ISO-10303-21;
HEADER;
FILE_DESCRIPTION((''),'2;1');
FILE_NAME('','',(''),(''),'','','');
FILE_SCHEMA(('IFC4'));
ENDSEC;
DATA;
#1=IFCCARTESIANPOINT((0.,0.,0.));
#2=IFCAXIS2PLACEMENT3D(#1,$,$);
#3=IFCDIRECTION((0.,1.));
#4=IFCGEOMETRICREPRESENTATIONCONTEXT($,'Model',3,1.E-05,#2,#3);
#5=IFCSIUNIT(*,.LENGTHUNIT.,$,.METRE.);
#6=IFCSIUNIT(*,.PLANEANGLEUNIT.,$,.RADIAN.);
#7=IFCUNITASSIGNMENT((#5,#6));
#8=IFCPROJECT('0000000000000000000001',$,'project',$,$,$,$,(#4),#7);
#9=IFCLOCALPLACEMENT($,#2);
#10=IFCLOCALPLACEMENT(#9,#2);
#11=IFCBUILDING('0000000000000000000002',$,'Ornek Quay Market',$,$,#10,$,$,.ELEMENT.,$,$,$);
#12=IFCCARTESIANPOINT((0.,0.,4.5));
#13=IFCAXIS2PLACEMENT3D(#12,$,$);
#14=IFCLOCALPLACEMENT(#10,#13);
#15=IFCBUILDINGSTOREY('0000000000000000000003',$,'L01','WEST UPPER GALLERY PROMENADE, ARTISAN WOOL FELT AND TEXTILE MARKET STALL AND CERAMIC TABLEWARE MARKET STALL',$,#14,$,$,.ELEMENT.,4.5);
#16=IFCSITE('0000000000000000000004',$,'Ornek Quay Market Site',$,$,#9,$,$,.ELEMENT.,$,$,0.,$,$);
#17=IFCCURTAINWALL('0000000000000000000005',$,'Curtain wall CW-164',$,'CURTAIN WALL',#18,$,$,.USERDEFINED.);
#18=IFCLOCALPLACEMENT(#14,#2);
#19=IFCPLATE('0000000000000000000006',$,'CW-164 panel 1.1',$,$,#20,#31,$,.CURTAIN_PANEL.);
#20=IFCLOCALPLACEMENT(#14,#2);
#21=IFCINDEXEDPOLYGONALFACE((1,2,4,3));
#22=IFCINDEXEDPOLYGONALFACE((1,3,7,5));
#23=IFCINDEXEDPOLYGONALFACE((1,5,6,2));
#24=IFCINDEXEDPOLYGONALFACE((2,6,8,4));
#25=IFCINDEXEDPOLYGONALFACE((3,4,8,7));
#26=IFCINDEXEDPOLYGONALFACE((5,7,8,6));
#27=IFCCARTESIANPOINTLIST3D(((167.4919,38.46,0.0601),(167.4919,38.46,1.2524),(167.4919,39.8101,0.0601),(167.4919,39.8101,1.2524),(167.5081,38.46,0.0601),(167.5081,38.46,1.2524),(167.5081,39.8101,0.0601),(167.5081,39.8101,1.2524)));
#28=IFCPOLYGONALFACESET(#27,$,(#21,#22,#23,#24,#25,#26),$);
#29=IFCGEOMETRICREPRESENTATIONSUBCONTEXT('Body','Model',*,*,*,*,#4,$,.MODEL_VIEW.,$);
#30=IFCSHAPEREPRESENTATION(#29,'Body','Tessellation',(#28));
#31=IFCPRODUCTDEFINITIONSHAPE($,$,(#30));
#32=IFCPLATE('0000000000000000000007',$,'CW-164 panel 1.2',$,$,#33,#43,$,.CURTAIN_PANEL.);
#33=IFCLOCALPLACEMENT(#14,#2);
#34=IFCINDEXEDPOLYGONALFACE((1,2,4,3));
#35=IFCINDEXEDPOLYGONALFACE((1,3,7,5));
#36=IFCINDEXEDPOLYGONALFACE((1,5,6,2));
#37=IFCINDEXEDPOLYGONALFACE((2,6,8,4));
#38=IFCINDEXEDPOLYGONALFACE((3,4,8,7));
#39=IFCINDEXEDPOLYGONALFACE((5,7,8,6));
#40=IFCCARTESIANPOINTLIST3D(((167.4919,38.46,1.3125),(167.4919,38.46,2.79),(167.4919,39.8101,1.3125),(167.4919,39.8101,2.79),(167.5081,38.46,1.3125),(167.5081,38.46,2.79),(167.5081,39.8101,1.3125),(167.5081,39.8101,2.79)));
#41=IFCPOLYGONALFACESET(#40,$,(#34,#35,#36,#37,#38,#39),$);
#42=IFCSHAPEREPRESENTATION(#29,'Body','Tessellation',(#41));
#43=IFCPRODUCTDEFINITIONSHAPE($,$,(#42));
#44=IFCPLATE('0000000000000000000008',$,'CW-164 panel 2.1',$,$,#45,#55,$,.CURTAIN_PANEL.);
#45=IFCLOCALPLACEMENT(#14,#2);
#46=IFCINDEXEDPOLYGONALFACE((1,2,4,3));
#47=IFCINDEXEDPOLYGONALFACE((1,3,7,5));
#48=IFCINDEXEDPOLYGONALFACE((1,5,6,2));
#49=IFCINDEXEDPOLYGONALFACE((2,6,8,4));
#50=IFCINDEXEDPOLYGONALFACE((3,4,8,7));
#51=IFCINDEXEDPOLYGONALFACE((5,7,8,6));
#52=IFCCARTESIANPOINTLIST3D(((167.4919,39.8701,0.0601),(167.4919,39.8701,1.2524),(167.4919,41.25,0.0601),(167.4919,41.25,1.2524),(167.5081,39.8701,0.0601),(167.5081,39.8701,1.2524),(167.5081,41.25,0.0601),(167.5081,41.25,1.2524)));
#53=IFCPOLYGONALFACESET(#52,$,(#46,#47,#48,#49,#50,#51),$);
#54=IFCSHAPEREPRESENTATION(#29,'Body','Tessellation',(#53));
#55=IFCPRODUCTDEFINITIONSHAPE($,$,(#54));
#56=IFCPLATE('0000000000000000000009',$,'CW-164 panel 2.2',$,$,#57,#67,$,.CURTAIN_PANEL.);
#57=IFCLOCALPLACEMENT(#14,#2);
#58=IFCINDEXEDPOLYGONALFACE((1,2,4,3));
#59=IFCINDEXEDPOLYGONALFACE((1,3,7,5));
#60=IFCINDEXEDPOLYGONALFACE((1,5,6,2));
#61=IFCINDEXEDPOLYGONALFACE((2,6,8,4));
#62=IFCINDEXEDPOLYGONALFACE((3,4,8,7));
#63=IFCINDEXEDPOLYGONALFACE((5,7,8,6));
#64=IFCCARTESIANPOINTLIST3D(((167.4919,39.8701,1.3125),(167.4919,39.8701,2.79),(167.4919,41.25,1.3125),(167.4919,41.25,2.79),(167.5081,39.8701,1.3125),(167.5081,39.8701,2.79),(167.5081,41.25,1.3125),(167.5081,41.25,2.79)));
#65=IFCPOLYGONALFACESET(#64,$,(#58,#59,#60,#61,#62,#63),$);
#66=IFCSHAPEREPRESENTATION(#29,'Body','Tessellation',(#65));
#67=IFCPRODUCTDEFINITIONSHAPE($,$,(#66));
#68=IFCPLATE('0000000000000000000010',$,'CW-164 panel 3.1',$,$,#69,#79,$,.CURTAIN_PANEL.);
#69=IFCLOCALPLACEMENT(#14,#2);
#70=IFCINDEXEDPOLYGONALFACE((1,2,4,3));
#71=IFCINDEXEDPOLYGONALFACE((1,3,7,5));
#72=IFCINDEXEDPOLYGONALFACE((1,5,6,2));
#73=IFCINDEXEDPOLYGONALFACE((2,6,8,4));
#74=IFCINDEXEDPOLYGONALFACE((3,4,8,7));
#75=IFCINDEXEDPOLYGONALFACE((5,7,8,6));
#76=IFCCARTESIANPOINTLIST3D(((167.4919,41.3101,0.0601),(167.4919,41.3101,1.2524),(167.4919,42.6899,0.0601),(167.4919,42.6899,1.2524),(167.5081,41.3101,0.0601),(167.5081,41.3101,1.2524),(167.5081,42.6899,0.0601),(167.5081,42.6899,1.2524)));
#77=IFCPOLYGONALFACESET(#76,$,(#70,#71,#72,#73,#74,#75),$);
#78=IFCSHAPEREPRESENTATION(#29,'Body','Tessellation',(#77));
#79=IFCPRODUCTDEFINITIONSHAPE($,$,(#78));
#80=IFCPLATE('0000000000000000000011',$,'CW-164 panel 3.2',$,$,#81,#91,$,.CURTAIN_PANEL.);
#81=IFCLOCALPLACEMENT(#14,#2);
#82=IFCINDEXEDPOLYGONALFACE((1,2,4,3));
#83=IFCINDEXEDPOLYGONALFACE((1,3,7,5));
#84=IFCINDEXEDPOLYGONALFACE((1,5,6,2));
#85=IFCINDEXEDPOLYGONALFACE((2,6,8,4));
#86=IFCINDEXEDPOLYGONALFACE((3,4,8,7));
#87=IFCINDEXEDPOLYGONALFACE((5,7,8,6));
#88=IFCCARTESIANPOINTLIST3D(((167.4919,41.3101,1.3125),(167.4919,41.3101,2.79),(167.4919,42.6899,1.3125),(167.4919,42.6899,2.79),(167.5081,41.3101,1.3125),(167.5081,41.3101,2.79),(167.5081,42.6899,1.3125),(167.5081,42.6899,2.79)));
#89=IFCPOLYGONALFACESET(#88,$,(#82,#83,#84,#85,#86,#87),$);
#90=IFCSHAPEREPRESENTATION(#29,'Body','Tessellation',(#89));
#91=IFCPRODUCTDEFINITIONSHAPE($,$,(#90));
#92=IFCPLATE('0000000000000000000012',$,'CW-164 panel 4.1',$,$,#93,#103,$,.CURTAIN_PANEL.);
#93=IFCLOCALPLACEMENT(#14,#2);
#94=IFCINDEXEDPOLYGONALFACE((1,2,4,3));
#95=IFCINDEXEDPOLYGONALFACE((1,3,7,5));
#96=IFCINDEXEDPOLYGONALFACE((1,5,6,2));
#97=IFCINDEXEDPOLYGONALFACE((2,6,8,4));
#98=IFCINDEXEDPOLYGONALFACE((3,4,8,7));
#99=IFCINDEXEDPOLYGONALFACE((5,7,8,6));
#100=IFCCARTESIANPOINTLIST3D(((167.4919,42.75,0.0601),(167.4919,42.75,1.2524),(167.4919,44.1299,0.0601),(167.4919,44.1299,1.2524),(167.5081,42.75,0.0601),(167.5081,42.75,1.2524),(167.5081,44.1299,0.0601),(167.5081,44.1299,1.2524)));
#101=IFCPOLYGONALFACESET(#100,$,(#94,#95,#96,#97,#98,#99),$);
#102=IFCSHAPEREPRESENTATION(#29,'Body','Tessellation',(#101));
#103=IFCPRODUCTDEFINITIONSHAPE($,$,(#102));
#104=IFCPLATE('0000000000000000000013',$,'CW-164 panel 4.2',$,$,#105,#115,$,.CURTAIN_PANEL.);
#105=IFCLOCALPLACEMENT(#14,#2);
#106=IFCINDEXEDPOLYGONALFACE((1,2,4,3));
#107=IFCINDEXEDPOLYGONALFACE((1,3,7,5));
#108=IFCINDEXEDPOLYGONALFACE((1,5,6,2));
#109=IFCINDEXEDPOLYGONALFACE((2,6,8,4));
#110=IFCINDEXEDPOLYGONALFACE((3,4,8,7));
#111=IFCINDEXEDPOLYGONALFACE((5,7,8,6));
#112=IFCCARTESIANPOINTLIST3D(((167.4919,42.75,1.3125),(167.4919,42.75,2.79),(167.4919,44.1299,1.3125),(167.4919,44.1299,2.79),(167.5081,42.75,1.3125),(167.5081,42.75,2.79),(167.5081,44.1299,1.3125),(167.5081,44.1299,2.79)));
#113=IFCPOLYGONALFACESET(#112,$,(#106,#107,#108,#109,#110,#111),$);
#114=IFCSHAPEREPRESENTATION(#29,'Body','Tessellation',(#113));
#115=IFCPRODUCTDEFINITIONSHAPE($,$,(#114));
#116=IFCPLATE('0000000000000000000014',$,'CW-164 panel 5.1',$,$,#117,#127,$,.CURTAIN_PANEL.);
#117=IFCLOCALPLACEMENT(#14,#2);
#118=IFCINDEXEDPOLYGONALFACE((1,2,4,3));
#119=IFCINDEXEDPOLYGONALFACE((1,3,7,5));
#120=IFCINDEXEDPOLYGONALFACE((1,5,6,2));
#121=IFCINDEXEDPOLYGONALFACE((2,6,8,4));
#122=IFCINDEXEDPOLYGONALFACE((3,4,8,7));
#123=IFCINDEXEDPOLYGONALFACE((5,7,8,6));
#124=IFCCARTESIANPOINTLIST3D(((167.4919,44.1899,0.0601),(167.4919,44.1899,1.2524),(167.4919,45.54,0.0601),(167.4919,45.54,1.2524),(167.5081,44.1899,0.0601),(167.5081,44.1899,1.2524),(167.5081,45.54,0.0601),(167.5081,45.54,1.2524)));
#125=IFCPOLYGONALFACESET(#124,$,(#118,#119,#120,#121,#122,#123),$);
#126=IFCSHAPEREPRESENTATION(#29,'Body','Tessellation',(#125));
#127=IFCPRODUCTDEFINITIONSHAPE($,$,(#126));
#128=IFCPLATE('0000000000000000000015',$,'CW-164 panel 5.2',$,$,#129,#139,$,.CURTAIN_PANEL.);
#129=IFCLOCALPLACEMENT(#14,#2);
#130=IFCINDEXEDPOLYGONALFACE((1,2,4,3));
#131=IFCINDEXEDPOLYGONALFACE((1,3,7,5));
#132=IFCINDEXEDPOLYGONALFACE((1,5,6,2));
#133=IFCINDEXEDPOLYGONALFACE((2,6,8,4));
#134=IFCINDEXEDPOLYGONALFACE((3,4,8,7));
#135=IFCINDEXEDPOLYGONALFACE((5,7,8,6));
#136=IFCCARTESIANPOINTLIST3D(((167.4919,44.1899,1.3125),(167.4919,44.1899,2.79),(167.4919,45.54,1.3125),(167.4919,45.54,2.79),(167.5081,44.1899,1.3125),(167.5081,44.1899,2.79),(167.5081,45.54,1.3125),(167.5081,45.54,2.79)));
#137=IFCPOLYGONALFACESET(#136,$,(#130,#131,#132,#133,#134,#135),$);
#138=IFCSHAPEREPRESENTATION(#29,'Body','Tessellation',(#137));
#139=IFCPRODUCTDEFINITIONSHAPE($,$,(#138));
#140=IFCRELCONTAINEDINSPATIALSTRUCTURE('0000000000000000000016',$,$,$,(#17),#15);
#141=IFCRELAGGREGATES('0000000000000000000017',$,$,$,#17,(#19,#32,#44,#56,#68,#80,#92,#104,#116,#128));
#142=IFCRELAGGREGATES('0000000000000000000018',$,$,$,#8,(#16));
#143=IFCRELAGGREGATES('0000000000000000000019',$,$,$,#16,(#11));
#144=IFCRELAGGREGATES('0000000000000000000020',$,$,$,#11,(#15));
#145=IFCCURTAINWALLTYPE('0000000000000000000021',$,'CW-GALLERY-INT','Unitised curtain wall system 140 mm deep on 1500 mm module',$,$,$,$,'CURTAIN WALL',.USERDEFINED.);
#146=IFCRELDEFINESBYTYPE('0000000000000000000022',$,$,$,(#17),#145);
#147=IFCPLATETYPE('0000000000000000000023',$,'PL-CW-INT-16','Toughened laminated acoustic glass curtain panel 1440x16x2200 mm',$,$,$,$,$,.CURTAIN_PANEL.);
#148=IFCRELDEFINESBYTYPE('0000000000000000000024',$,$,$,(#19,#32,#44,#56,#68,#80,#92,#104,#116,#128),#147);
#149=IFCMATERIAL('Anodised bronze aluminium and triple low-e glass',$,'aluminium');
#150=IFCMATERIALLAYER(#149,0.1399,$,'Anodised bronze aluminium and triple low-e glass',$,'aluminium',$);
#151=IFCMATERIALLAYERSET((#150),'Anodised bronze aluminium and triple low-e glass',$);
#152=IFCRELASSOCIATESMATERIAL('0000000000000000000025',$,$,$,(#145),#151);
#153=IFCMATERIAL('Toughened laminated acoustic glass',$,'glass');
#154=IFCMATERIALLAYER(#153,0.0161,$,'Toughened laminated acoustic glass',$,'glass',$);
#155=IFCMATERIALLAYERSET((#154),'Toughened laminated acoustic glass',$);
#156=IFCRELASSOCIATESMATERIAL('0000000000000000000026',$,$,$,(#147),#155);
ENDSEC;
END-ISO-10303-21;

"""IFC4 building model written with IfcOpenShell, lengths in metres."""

from ifc_helpers import new_model, si_unit, direction, frame, origin, origin_2d, place, context, subcontext, project, spatial, rectangle, extrude, material, layer, layer_set, type_object, element, aggregate, save


model = new_model("IFC4")

# Units and contexts
model_context = context("Model", 3, precision=1e-05, world=origin(), true_north=direction((0.0, 1.0)))
body_context = subcontext(model_context, "Body", "Model", "MODEL_VIEW")
ifc_project = project(units=[si_unit("LENGTHUNIT", "METRE"), si_unit("PLANEANGLEUNIT", "RADIAN")], contexts=[model_context])

# Site, building, storey
site_placement = place(None, origin())
site = spatial("IfcSite", under=ifc_project, at=site_placement, Name="Ornek Quay Market Site", CompositionType="ELEMENT", RefElevation=0.0)
building_placement = place(site_placement, origin())
building = spatial("IfcBuilding", under=site, at=building_placement, Name="Ornek Quay Market", CompositionType="ELEMENT")
storey_placement = place(building_placement, frame((0.0, 0.0, 4.5)))
storey = spatial("IfcBuildingStorey", under=building, at=storey_placement, Name="L01", Description="WEST UPPER GALLERY PROMENADE, ARTISAN WOOL FELT AND TEXTILE MARKET STALL AND CERAMIC TABLEWARE MARKET STALL", CompositionType="ELEMENT", Elevation=4.5)

# Curtain wall
ifc_material_1 = material(Name="Anodised bronze aluminium and triple low-e glass", Category="aluminium")
ifc_layer_1 = layer(ifc_material_1, 0.1399, Name="Anodised bronze aluminium and triple low-e glass", Category="aluminium")
ifc_layer_set_1 = layer_set([ifc_layer_1], Name="Anodised bronze aluminium and triple low-e glass")
curtain_wall_type = type_object("IfcCurtainWallType", Name="CW-GALLERY-INT", Description="Unitised curtain wall system 140 mm deep on 1500 mm module", ElementType="CURTAIN WALL", PredefinedType="USERDEFINED", material=ifc_layer_set_1)
curtain_wall_1_placement = place(storey_placement, origin())
curtain_wall_1 = element("IfcCurtainWall", 1, at=curtain_wall_1_placement, inside=storey, type_object=curtain_wall_type, Name="Curtain wall CW-164", ObjectType="CURTAIN WALL", PredefinedType="USERDEFINED")

# Plates
ifc_material_2 = material(Name="Toughened laminated acoustic glass", Category="glass")
ifc_layer_2 = layer(ifc_material_2, 0.0161, Name="Toughened laminated acoustic glass", Category="glass")
ifc_layer_set_2 = layer_set([ifc_layer_2], Name="Toughened laminated acoustic glass")
plate_type = type_object("IfcPlateType", Name="PL-CW-INT-16", Description="Toughened laminated acoustic glass curtain panel 1440x16x2200 mm", PredefinedType="CURTAIN_PANEL", material=ifc_layer_set_2)
plate_1_placement = place(storey_placement, frame((167.5, 39.135, 0.0601), z_axis=(0.0, 0.0, 1.0), x_axis=(0.0, 1.0, 0.0)))
plate_1 = element("IfcPlate", 2, at=plate_1_placement, type_object=plate_type, Name="CW-164 panel 1.1", PredefinedType="CURTAIN_PANEL", context=body_context, shape_type="SweptSolid", body=[
    extrude(rectangle(XDim=1.3501, YDim=0.0161, at=origin_2d()), origin(), (0.0, 0.0, 1.0), 1.1924),
])
plate_2_placement = place(storey_placement, frame((167.5, 39.135, 1.3125), z_axis=(0.0, 0.0, 1.0), x_axis=(0.0, 1.0, 0.0)))
plate_2 = element("IfcPlate", 3, at=plate_2_placement, type_object=plate_type, Name="CW-164 panel 1.2", PredefinedType="CURTAIN_PANEL", context=body_context, shape_type="SweptSolid", body=[
    extrude(rectangle(XDim=1.3501, YDim=0.0161, at=origin_2d()), origin(), (0.0, 0.0, 1.0), 1.4775),
])
plate_3_placement = place(storey_placement, frame((167.5, 40.5601, 0.0601), z_axis=(0.0, 0.0, 1.0), x_axis=(0.0, 1.0, 0.0)))
plate_3 = element("IfcPlate", 4, at=plate_3_placement, type_object=plate_type, Name="CW-164 panel 2.1", PredefinedType="CURTAIN_PANEL", context=body_context, shape_type="SweptSolid", body=[
    extrude(rectangle(XDim=1.3799, YDim=0.0161, at=origin_2d()), origin(), (0.0, 0.0, 1.0), 1.1924),
])
plate_4_placement = place(storey_placement, frame((167.5, 40.5601, 1.3125), z_axis=(0.0, 0.0, 1.0), x_axis=(0.0, 1.0, 0.0)))
plate_4 = element("IfcPlate", 5, at=plate_4_placement, type_object=plate_type, Name="CW-164 panel 2.2", PredefinedType="CURTAIN_PANEL", context=body_context, shape_type="SweptSolid", body=[
    extrude(rectangle(XDim=1.3799, YDim=0.0161, at=origin_2d()), origin(), (0.0, 0.0, 1.0), 1.4775),
])
plate_5_placement = place(storey_placement, frame((167.5, 42.0, 0.0601), z_axis=(0.0, 0.0, 1.0), x_axis=(0.0, 1.0, 0.0)))
plate_5 = element("IfcPlate", 6, at=plate_5_placement, type_object=plate_type, Name="CW-164 panel 3.1", PredefinedType="CURTAIN_PANEL", context=body_context, shape_type="SweptSolid", body=[
    extrude(rectangle(XDim=1.3799, YDim=0.0161, at=origin_2d()), origin(), (0.0, 0.0, 1.0), 1.1924),
])
plate_6_placement = place(storey_placement, frame((167.5, 42.0, 1.3125), z_axis=(0.0, 0.0, 1.0), x_axis=(0.0, 1.0, 0.0)))
plate_6 = element("IfcPlate", 7, at=plate_6_placement, type_object=plate_type, Name="CW-164 panel 3.2", PredefinedType="CURTAIN_PANEL", context=body_context, shape_type="SweptSolid", body=[
    extrude(rectangle(XDim=1.3799, YDim=0.0161, at=origin_2d()), origin(), (0.0, 0.0, 1.0), 1.4775),
])
plate_7_placement = place(storey_placement, frame((167.5, 43.4399, 0.0601), z_axis=(0.0, 0.0, 1.0), x_axis=(0.0, 1.0, 0.0)))
plate_7 = element("IfcPlate", 8, at=plate_7_placement, type_object=plate_type, Name="CW-164 panel 4.1", PredefinedType="CURTAIN_PANEL", context=body_context, shape_type="SweptSolid", body=[
    extrude(rectangle(XDim=1.3799, YDim=0.0161, at=origin_2d()), origin(), (0.0, 0.0, 1.0), 1.1924),
])
plate_8_placement = place(storey_placement, frame((167.5, 43.4399, 1.3125), z_axis=(0.0, 0.0, 1.0), x_axis=(0.0, 1.0, 0.0)))
plate_8 = element("IfcPlate", 9, at=plate_8_placement, type_object=plate_type, Name="CW-164 panel 4.2", PredefinedType="CURTAIN_PANEL", context=body_context, shape_type="SweptSolid", body=[
    extrude(rectangle(XDim=1.3799, YDim=0.0161, at=origin_2d()), origin(), (0.0, 0.0, 1.0), 1.4775),
])
plate_9_placement = place(storey_placement, frame((167.5, 44.865, 0.0601), z_axis=(0.0, 0.0, 1.0), x_axis=(0.0, 1.0, 0.0)))
plate_9 = element("IfcPlate", 10, at=plate_9_placement, type_object=plate_type, Name="CW-164 panel 5.1", PredefinedType="CURTAIN_PANEL", context=body_context, shape_type="SweptSolid", body=[
    extrude(rectangle(XDim=1.3501, YDim=0.0161, at=origin_2d()), origin(), (0.0, 0.0, 1.0), 1.1924),
])
plate_10_placement = place(storey_placement, frame((167.5, 44.865, 1.3125), z_axis=(0.0, 0.0, 1.0), x_axis=(0.0, 1.0, 0.0)))
plate_10 = element("IfcPlate", 11, at=plate_10_placement, type_object=plate_type, Name="CW-164 panel 5.2", PredefinedType="CURTAIN_PANEL", context=body_context, shape_type="SweptSolid", body=[
    extrude(rectangle(XDim=1.3501, YDim=0.0161, at=origin_2d()), origin(), (0.0, 0.0, 1.0), 1.4775),
])
aggregate(curtain_wall_1, [plate_1, plate_2, plate_3, plate_4, plate_5, plate_6, plate_7, plate_8, plate_9, plate_10])

save(model, "model.ifc")
